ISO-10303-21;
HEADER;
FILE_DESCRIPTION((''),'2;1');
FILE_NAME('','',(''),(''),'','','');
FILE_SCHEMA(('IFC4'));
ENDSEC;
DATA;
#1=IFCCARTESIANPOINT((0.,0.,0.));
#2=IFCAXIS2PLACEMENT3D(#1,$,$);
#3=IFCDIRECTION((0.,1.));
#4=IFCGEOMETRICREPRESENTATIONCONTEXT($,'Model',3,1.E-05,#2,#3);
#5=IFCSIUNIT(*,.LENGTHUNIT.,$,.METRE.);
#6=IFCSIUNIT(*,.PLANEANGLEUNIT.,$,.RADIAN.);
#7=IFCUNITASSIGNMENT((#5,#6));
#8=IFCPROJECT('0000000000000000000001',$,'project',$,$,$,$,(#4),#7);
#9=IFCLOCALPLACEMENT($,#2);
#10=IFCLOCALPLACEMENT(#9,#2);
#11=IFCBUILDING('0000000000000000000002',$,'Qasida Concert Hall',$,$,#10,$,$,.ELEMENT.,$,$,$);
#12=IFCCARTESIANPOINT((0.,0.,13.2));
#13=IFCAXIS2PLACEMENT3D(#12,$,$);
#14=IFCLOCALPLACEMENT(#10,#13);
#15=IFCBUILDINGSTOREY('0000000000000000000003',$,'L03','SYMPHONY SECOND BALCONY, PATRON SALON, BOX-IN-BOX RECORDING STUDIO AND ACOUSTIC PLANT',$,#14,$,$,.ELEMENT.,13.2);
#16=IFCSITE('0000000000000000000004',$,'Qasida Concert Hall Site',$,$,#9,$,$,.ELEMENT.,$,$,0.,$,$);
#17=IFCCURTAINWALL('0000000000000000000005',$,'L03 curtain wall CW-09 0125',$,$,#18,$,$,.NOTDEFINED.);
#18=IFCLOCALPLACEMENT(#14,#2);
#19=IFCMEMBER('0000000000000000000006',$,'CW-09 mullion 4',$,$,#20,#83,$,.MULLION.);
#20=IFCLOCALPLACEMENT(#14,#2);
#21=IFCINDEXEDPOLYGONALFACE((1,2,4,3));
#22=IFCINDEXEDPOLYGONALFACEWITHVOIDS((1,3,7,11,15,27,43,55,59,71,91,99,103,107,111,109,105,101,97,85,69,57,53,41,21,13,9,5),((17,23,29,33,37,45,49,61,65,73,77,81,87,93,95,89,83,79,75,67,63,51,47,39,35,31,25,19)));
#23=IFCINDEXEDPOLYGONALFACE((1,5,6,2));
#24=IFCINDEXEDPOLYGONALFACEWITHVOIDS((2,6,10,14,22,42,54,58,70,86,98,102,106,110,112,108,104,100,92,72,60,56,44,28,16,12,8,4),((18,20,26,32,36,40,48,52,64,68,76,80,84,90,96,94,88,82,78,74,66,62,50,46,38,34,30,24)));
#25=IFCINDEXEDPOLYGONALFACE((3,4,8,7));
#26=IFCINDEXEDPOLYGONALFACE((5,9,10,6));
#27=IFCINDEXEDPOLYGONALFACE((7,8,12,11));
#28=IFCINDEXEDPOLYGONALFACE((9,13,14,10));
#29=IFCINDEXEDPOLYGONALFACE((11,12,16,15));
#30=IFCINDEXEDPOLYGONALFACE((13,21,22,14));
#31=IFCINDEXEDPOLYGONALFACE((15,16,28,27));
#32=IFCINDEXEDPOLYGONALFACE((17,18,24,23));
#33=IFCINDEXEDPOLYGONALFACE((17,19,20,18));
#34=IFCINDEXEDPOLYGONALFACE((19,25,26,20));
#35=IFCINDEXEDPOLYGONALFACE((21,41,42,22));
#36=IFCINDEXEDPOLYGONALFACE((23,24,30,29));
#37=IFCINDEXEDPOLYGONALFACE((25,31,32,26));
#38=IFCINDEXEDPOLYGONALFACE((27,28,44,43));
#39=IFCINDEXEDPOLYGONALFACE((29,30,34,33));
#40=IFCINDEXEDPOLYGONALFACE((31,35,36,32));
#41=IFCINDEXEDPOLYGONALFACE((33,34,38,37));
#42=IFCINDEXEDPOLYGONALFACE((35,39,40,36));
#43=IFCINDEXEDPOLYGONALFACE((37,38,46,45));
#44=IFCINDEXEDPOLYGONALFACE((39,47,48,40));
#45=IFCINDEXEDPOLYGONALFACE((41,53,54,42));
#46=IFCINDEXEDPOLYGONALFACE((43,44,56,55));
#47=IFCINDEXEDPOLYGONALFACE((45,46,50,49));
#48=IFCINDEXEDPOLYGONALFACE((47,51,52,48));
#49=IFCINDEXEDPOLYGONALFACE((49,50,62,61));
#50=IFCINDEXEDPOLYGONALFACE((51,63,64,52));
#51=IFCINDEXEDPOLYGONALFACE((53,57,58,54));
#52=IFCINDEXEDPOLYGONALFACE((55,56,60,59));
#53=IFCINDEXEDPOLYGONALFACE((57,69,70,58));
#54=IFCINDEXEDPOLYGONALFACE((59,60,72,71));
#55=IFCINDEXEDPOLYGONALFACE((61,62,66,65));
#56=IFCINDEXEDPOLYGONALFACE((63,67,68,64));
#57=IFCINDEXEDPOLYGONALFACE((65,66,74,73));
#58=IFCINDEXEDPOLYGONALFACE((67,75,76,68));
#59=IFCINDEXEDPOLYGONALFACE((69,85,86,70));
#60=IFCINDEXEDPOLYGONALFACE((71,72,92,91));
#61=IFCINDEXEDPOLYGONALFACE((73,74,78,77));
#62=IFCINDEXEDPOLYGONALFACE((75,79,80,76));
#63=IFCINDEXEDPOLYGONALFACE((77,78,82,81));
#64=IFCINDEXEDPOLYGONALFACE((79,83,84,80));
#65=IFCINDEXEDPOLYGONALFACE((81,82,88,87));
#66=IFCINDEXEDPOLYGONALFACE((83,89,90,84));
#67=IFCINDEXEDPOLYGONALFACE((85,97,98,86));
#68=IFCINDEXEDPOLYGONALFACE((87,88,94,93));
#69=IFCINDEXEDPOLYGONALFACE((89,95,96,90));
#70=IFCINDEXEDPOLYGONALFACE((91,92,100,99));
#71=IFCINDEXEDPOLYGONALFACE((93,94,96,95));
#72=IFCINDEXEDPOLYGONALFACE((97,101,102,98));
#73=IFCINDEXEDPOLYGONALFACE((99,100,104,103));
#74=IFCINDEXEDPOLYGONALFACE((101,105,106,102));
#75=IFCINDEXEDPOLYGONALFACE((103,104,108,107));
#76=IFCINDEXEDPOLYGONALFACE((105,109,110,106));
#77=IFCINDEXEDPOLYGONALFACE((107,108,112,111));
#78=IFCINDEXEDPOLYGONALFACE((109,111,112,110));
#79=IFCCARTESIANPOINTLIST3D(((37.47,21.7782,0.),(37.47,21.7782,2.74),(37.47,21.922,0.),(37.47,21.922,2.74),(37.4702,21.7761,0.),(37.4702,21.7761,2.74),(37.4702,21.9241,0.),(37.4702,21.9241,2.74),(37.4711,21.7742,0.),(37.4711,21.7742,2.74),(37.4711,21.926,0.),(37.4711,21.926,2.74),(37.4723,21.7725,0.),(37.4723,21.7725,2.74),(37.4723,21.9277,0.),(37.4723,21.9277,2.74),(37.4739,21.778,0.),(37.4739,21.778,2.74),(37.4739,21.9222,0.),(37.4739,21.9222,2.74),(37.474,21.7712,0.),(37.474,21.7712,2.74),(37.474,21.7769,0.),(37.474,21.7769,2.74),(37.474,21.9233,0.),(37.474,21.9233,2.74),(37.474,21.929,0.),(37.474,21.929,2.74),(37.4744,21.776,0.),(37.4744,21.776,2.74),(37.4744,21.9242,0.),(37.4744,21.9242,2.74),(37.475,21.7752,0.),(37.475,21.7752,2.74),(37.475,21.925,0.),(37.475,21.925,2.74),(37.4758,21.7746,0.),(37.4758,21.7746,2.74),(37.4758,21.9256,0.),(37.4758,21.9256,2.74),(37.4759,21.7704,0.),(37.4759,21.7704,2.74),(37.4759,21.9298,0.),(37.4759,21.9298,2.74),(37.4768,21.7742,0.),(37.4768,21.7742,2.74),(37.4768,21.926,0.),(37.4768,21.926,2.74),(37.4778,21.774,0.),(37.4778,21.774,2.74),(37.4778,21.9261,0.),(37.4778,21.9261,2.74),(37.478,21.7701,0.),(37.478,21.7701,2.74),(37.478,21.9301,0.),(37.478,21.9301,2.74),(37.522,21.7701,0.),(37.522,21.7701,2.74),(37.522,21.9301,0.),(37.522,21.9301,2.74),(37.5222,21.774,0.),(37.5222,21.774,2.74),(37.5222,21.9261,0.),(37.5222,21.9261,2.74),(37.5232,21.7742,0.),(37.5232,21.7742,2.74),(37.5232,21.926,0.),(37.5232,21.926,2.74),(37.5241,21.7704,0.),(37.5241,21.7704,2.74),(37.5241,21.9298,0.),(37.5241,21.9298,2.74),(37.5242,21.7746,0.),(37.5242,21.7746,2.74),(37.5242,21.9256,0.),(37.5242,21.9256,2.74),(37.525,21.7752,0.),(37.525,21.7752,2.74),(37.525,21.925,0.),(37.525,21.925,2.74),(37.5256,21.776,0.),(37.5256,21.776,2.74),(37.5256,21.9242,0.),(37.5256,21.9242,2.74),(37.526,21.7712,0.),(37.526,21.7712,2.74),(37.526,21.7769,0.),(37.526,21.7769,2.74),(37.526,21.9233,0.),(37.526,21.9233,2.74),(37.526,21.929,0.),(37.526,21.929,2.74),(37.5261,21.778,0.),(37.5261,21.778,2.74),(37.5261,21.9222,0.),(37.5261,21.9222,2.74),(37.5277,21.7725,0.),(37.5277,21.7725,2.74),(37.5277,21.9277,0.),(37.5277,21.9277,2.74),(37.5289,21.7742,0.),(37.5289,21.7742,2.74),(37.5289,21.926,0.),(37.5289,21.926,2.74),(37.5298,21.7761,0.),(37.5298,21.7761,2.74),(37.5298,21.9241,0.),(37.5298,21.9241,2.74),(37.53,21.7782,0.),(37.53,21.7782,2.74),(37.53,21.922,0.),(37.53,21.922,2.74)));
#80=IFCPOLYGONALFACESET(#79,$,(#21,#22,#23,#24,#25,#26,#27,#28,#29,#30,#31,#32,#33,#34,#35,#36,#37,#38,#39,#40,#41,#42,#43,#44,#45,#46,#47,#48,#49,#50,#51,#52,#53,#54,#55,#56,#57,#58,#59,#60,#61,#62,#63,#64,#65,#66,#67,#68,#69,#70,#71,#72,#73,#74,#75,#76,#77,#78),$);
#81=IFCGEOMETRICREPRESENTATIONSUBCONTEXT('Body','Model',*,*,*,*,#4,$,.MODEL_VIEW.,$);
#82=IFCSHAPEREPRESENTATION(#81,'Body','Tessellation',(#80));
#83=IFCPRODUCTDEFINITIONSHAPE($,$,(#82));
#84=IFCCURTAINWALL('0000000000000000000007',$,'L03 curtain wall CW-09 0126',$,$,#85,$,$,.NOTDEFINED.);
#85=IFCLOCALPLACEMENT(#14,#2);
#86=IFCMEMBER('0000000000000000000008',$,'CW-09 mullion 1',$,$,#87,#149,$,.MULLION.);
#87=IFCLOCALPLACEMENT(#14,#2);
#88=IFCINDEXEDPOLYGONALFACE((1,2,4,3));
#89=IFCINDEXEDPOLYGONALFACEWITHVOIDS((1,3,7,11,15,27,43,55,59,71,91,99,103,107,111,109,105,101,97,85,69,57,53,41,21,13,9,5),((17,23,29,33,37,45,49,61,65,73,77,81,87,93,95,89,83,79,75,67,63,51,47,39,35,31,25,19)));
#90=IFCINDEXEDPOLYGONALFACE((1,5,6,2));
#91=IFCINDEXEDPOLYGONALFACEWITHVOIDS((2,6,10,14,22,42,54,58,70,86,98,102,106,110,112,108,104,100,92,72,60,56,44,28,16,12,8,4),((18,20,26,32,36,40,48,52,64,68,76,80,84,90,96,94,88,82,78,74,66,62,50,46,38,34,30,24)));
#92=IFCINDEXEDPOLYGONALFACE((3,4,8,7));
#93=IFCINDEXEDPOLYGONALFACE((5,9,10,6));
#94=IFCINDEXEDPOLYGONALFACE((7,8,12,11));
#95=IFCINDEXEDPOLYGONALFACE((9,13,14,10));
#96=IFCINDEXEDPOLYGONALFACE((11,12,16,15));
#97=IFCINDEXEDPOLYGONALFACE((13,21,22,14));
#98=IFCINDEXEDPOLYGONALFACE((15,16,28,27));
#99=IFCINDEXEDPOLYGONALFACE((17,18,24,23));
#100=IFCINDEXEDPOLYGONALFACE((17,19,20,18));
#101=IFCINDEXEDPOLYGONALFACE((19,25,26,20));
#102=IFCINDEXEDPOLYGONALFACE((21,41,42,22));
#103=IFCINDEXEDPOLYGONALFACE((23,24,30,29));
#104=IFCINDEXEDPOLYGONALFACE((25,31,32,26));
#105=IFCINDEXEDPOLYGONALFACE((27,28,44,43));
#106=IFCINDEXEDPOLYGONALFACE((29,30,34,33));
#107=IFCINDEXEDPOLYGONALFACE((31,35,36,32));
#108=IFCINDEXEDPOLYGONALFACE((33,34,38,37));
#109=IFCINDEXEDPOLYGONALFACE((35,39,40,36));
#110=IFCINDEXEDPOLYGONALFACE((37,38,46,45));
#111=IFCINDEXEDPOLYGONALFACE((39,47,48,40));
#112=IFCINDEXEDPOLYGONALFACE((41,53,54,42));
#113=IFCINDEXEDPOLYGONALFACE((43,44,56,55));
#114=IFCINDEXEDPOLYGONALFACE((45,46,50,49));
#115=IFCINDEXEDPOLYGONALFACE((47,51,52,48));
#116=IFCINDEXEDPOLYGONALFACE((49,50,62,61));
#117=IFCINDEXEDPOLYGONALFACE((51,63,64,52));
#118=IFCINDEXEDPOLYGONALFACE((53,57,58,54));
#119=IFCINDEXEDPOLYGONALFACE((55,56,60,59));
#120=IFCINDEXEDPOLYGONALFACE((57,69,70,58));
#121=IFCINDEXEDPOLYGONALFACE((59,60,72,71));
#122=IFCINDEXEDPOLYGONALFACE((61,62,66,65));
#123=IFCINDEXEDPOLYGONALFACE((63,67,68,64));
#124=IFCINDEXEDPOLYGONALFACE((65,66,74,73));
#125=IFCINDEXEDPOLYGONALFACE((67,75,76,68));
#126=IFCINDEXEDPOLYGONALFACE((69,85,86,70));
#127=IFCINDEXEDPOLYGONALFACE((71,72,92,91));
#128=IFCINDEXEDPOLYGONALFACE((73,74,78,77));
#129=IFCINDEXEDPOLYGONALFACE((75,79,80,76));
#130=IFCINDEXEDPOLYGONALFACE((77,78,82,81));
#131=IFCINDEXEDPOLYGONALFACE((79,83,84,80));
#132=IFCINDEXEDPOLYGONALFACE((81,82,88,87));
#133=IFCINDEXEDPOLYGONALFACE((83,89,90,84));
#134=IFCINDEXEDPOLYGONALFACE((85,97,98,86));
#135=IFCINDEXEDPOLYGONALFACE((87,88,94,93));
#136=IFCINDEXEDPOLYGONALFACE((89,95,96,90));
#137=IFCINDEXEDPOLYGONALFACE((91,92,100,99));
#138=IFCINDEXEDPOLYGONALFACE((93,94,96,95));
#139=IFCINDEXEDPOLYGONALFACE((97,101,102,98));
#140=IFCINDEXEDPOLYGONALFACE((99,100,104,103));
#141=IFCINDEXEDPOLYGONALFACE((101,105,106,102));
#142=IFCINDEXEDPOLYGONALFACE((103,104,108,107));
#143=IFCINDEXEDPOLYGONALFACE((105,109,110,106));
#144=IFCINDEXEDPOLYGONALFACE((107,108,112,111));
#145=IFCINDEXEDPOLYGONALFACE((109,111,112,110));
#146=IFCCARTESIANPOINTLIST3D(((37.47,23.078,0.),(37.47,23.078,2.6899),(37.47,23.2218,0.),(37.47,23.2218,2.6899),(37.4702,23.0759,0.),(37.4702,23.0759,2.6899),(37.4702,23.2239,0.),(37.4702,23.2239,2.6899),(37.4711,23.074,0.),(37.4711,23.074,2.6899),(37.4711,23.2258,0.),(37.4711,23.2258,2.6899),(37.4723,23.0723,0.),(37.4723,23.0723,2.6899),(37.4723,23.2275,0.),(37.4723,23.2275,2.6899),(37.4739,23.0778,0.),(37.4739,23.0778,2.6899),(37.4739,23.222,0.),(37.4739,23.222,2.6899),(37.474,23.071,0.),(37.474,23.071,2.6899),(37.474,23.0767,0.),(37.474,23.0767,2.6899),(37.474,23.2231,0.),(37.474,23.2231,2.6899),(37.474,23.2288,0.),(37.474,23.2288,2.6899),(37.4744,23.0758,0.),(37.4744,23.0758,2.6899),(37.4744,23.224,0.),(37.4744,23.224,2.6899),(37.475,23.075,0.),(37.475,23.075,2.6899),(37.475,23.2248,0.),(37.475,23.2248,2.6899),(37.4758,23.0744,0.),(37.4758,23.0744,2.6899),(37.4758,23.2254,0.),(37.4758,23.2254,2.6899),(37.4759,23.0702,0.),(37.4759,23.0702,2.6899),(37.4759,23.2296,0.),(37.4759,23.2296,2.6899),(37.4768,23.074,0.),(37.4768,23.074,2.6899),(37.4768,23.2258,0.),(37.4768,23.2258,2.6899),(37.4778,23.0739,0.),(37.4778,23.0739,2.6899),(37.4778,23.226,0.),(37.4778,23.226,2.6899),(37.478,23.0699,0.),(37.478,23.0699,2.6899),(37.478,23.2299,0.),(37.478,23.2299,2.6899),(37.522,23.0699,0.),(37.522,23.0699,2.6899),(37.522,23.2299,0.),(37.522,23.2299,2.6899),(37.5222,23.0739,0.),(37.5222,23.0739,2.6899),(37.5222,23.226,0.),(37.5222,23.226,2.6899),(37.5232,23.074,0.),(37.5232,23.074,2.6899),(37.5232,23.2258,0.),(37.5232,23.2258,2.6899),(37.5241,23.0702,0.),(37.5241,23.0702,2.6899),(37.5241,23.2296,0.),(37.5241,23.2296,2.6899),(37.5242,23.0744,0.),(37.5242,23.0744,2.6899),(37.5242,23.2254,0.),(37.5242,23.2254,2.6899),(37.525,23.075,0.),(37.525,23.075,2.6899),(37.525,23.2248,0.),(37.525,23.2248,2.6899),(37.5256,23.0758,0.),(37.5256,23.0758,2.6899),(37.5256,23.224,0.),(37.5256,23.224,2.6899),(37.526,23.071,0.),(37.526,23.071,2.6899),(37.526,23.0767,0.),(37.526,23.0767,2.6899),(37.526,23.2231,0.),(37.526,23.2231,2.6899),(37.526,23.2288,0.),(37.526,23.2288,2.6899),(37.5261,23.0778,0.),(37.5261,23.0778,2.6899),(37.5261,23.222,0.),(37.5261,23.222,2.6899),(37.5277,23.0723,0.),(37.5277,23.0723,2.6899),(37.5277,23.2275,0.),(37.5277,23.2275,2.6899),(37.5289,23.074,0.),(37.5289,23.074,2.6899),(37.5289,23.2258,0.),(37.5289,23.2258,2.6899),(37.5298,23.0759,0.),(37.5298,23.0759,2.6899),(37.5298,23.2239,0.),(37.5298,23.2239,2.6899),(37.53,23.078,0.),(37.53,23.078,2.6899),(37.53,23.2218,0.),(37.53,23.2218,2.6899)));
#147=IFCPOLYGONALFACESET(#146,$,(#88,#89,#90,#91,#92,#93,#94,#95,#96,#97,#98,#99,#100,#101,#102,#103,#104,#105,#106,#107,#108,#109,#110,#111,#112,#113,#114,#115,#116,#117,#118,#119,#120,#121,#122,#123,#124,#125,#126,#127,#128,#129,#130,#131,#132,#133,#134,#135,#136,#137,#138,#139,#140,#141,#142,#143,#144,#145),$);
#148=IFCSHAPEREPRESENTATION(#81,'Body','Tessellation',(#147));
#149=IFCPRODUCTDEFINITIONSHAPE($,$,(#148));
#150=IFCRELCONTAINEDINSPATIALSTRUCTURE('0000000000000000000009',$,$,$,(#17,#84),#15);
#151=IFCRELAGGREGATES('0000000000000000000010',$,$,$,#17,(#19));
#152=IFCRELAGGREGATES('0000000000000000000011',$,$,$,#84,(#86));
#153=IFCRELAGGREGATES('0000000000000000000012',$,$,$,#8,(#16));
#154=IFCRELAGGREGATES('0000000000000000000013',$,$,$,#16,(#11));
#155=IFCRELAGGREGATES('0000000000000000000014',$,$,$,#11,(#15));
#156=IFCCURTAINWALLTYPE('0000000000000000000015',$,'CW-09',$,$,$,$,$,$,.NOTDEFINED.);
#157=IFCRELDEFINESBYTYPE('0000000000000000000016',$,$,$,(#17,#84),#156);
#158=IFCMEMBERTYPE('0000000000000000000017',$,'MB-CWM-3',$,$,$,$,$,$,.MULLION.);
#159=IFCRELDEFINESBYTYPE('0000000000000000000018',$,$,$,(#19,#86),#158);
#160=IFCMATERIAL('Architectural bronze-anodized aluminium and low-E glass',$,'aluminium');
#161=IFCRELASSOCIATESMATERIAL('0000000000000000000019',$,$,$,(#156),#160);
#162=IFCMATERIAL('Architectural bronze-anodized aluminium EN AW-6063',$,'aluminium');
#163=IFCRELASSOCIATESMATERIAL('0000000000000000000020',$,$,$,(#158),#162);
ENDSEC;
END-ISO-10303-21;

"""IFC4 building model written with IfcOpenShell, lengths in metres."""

from ifc_helpers import new_model, si_unit, direction, frame, origin, origin_2d, place, context, subcontext, project, spatial, hollow_rectangle, extrude, material, material_profile, profile_set, type_object, element, aggregate, save


model = new_model("IFC4")

# Units and contexts
model_context = context("Model", 3, precision=1e-05, world=origin(), true_north=direction((0.0, 1.0)))
body_context = subcontext(model_context, "Body", "Model", "MODEL_VIEW")
ifc_project = project(units=[si_unit("LENGTHUNIT", "METRE"), si_unit("PLANEANGLEUNIT", "RADIAN")], contexts=[model_context])

# Site, building, storey
site_placement = place(None, origin())
site = spatial("IfcSite", under=ifc_project, at=site_placement, Name="Qasida Concert Hall Site", CompositionType="ELEMENT", RefElevation=0.0)
building_placement = place(site_placement, origin())
building = spatial("IfcBuilding", under=site, at=building_placement, Name="Qasida Concert Hall", CompositionType="ELEMENT")
storey_placement = place(building_placement, frame((0.0, 0.0, 13.2)))
storey = spatial("IfcBuildingStorey", under=building, at=storey_placement, Name="L03", Description="SYMPHONY SECOND BALCONY, PATRON SALON, BOX-IN-BOX RECORDING STUDIO AND ACOUSTIC PLANT", CompositionType="ELEMENT", Elevation=13.2)

# Curtain walls, members
ifc_material_1 = material(Name="Architectural bronze-anodized aluminium and low-E glass", Category="aluminium")
curtain_wall_type = type_object("IfcCurtainWallType", Name="CW-09", PredefinedType="NOTDEFINED", material=ifc_material_1)
curtain_wall_1_placement = place(storey_placement, origin())
curtain_wall_1 = element("IfcCurtainWall", 1, at=curtain_wall_1_placement, inside=storey, type_object=curtain_wall_type, Name="L03 curtain wall CW-09 0125", PredefinedType="NOTDEFINED")
ifc_material_2 = material(Name="Architectural bronze-anodized aluminium EN AW-6063", Category="aluminium")
ifc_material_profile_1 = material_profile(ifc_material_2, hollow_rectangle(XDim=0.0601, YDim=0.1599, WallThickness=0.0039, InnerFilletRadius=0.0039, OuterFilletRadius=0.0081, at=origin_2d()), Name="CWM 160x60x4")
ifc_profile_set_1 = profile_set([ifc_material_profile_1], Name="Architectural bronze-anodized aluminium EN AW-6063")
member_type_1 = type_object("IfcMemberType", Name="MB-CWM-3", PredefinedType="MULLION", material=ifc_profile_set_1)
member_1_placement = place(storey_placement, frame((37.5, 21.8501, 0.0), z_axis=(0.0, 0.0, 1.0), x_axis=(-1.0, 0.0, 0.0)))
member_1 = element("IfcMember", 2, at=member_1_placement, type_object=member_type_1, Name="CW-09 mullion 4", PredefinedType="MULLION", context=body_context, shape_type="SweptSolid", body=[
    extrude(hollow_rectangle(XDim=0.0601, YDim=0.1599, WallThickness=0.0039, InnerFilletRadius=0.0039, OuterFilletRadius=0.0081, at=origin_2d()), origin(), (0.0, 0.0, 1.0), 2.74),
])
curtain_wall_2_placement = place(storey_placement, origin())
curtain_wall_2 = element("IfcCurtainWall", 3, at=curtain_wall_2_placement, inside=storey, type_object=curtain_wall_type, Name="L03 curtain wall CW-09 0126", PredefinedType="NOTDEFINED")
member_2_placement = place(storey_placement, frame((37.5, 23.1499, 0.0), z_axis=(0.0, 0.0, 1.0), x_axis=(-1.0, 0.0, 0.0)))
member_2 = element("IfcMember", 4, at=member_2_placement, type_object=member_type_1, Name="CW-09 mullion 1", PredefinedType="MULLION", context=body_context, shape_type="SweptSolid", body=[
    extrude(hollow_rectangle(XDim=0.0601, YDim=0.1599, WallThickness=0.0039, InnerFilletRadius=0.0039, OuterFilletRadius=0.0081, at=origin_2d()), origin(), (0.0, 0.0, 1.0), 2.6899),
])

aggregate(curtain_wall_1, [member_1])
aggregate(curtain_wall_2, [member_2])

save(model, "model.ifc")
